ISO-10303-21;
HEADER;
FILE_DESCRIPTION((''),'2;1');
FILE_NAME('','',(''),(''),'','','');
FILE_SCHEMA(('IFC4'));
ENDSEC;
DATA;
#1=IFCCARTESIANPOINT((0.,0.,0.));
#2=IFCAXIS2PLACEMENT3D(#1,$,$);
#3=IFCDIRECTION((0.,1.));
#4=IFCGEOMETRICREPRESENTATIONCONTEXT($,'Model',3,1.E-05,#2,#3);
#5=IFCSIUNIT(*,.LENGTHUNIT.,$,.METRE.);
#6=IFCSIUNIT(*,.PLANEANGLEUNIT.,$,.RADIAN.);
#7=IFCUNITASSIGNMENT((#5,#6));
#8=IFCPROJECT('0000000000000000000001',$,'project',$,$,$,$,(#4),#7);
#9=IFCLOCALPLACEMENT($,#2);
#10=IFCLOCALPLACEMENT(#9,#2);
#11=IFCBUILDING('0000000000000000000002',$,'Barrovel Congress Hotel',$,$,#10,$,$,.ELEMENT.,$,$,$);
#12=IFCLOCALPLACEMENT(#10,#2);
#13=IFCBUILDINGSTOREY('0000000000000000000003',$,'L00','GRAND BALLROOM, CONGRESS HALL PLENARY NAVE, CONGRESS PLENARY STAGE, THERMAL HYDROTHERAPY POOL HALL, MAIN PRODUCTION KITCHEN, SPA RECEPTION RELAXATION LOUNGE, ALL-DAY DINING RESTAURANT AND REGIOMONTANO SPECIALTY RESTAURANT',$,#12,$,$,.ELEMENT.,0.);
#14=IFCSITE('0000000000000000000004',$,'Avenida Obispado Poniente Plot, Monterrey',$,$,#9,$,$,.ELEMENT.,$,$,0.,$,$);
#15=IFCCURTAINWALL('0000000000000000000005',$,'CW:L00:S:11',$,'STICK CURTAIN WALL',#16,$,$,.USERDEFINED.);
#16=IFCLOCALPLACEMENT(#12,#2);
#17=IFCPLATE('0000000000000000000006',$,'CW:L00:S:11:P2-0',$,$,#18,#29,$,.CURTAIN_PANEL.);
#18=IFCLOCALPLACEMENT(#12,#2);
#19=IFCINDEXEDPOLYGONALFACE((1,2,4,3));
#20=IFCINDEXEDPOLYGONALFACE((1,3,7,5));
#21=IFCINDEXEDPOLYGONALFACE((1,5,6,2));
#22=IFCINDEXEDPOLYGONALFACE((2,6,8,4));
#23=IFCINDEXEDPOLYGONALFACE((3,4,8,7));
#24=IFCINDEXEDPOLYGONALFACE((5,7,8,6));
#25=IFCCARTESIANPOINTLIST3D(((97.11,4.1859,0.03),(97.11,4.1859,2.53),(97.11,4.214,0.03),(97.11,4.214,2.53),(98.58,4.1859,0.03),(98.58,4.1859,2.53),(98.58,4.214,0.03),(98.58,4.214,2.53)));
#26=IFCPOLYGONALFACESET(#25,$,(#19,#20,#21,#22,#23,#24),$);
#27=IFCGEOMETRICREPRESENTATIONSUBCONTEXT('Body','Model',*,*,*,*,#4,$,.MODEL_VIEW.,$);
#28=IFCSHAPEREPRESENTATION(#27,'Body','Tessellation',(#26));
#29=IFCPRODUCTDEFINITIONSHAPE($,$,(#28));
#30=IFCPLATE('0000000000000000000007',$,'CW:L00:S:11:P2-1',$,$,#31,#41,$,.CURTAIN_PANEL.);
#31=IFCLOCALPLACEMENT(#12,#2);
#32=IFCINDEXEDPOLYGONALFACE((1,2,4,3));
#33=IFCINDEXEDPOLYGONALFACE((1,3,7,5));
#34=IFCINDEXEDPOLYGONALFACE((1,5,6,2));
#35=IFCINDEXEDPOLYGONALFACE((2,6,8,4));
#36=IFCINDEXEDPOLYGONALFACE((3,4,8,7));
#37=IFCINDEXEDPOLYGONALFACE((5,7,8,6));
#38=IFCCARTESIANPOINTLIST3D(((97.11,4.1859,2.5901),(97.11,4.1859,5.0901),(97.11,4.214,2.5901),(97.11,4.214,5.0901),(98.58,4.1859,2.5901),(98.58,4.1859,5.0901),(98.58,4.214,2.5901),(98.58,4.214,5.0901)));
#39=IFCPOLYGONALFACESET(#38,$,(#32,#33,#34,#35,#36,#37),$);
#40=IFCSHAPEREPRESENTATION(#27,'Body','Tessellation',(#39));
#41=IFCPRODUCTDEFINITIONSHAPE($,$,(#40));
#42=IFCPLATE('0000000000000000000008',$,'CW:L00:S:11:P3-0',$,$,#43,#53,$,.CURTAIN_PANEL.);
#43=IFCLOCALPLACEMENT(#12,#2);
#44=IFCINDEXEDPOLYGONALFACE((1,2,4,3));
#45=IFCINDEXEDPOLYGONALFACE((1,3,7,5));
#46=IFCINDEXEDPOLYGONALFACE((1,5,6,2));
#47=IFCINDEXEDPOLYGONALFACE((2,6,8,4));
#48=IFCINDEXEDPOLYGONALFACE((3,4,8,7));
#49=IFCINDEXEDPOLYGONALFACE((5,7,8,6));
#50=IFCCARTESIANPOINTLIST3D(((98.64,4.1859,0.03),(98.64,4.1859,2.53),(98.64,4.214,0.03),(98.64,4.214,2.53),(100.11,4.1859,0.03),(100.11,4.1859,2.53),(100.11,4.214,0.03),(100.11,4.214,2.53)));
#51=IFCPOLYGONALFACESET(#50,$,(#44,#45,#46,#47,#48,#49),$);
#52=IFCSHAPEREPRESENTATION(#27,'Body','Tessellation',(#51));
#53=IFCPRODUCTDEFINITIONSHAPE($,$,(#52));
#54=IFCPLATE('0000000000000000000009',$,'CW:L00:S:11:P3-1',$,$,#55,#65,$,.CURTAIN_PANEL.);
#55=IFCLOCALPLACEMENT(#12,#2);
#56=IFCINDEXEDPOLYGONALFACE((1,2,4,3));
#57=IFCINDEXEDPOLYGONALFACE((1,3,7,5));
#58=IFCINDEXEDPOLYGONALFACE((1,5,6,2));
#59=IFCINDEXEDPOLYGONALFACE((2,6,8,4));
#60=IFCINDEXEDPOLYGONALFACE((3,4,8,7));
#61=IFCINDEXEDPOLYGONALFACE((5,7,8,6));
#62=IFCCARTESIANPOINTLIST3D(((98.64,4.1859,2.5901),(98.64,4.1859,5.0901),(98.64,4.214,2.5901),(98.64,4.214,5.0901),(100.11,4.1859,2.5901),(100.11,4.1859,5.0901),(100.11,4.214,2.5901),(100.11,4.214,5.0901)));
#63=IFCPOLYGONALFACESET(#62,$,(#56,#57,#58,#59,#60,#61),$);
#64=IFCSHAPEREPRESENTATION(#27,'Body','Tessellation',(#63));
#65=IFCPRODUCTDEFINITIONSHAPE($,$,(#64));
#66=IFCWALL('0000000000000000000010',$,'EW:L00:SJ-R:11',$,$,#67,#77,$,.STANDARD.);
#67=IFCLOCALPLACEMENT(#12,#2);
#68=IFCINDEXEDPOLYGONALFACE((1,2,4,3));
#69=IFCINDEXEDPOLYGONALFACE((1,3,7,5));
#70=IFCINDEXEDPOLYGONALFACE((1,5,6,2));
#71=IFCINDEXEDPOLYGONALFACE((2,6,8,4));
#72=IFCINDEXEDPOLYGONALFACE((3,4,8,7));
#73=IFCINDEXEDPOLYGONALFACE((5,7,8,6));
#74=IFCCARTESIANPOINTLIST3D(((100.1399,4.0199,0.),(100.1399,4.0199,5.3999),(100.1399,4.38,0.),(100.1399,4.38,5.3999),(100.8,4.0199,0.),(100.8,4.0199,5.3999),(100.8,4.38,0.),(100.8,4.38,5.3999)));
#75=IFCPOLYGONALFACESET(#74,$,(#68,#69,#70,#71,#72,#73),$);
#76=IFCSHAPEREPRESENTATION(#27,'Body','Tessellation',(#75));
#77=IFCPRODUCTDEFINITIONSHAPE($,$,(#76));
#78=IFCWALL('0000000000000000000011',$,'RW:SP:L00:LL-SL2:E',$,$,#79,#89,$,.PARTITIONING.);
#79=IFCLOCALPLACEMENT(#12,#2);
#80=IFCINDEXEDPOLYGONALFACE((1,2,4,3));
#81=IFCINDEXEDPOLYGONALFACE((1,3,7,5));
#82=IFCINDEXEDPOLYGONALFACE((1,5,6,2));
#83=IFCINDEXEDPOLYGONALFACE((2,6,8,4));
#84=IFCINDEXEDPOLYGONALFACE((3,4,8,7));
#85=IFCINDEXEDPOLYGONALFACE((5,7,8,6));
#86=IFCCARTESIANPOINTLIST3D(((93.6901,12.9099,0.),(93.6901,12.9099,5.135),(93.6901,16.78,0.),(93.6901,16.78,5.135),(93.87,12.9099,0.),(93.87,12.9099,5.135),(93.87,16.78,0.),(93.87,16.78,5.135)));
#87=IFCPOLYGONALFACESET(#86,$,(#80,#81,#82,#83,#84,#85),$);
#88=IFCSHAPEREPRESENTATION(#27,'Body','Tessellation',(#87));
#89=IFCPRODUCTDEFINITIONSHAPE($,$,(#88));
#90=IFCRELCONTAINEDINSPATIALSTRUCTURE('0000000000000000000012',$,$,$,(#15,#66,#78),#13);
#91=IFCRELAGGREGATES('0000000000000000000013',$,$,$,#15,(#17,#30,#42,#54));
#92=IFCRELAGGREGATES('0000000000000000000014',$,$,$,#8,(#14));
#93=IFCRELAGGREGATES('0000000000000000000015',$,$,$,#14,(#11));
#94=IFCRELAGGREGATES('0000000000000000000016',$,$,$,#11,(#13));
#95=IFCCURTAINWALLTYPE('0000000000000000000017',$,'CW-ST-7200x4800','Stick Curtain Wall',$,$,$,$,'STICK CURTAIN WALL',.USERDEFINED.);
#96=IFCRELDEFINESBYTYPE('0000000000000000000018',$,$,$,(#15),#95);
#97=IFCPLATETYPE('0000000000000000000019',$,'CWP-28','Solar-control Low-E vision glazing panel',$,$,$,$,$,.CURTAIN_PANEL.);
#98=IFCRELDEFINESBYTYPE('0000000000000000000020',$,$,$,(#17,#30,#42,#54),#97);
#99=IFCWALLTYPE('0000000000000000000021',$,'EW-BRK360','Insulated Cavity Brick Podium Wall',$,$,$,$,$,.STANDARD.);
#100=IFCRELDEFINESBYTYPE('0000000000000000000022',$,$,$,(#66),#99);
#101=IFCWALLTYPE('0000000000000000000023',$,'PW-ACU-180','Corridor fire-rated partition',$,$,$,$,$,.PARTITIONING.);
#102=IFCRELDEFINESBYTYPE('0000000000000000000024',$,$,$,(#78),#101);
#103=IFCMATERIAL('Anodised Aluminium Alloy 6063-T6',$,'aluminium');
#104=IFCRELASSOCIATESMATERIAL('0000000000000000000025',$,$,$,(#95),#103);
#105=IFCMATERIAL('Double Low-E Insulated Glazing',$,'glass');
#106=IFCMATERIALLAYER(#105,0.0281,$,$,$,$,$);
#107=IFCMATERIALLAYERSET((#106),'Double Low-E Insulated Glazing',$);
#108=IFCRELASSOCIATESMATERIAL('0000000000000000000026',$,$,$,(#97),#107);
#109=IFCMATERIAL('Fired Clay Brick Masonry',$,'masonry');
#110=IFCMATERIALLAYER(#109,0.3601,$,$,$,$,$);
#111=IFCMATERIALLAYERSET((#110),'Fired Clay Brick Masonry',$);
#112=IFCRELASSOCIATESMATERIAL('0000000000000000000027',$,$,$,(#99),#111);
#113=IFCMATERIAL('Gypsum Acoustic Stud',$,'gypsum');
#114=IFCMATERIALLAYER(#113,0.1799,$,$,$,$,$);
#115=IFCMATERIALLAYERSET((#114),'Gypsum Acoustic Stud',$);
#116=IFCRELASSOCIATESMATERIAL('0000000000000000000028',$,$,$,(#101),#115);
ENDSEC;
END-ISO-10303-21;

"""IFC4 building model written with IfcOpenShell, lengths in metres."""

from ifc_helpers import new_model, si_unit, direction, frame, frame_2d, origin, origin_2d, place, context, subcontext, project, spatial, rectangle, extrude, material, layer, layer_set, type_object, element, aggregate, save


model = new_model("IFC4")

# Units and contexts
model_context = context("Model", 3, precision=1e-05, world=origin(), true_north=direction((0.0, 1.0)))
body_context = subcontext(model_context, "Body", "Model", "MODEL_VIEW")
ifc_project = project(units=[si_unit("LENGTHUNIT", "METRE"), si_unit("PLANEANGLEUNIT", "RADIAN")], contexts=[model_context])

# Site, building, storey
site_placement = place(None, origin())
site = spatial("IfcSite", under=ifc_project, at=site_placement, Name="Avenida Obispado Poniente Plot, Monterrey", CompositionType="ELEMENT", RefElevation=0.0)
building_placement = place(site_placement, origin())
building = spatial("IfcBuilding", under=site, at=building_placement, Name="Barrovel Congress Hotel", CompositionType="ELEMENT")
storey_placement = place(building_placement, origin())
storey = spatial("IfcBuildingStorey", under=building, at=storey_placement, Name="L00", Description="GRAND BALLROOM, CONGRESS HALL PLENARY NAVE, CONGRESS PLENARY STAGE, THERMAL HYDROTHERAPY POOL HALL, MAIN PRODUCTION KITCHEN, SPA RECEPTION RELAXATION LOUNGE, ALL-DAY DINING RESTAURANT AND REGIOMONTANO SPECIALTY RESTAURANT", CompositionType="ELEMENT", Elevation=0.0)

# Curtain wall, plates
ifc_material_1 = material(Name="Anodised Aluminium Alloy 6063-T6", Category="aluminium")
curtain_wall_type = type_object("IfcCurtainWallType", Name="CW-ST-7200x4800", Description="Stick Curtain Wall", ElementType="STICK CURTAIN WALL", PredefinedType="USERDEFINED", material=ifc_material_1)
curtain_wall_placement = place(storey_placement, origin())
curtain_wall = element("IfcCurtainWall", 1, at=curtain_wall_placement, inside=storey, type_object=curtain_wall_type, Name="CW:L00:S:11", ObjectType="STICK CURTAIN WALL", PredefinedType="USERDEFINED")
ifc_material_2 = material(Name="Double Low-E Insulated Glazing", Category="glass")
ifc_layer_1 = layer(ifc_material_2, 0.0281)
ifc_layer_set_1 = layer_set([ifc_layer_1], Name="Double Low-E Insulated Glazing")
plate_type = type_object("IfcPlateType", Name="CWP-28", Description="Solar-control Low-E vision glazing panel", PredefinedType="CURTAIN_PANEL", material=ifc_layer_set_1)
plate_1_placement = place(storey_placement, frame((97.845, 4.2, 0.03), z_axis=(0.0, 0.0, 1.0), x_axis=(1.0, 0.0, 0.0)))
plate_1 = element("IfcPlate", 2, at=plate_1_placement, type_object=plate_type, Name="CW:L00:S:11:P2-0", PredefinedType="CURTAIN_PANEL", context=body_context, shape_type="SweptSolid", body=[
    extrude(rectangle(XDim=1.47, YDim=0.0281, at=origin_2d()), origin(), (0.0, 0.0, 1.0), 2.5),
])
plate_2_placement = place(storey_placement, frame((97.845, 4.2, 2.5901), z_axis=(0.0, 0.0, 1.0), x_axis=(1.0, 0.0, 0.0)))
plate_2 = element("IfcPlate", 3, at=plate_2_placement, type_object=plate_type, Name="CW:L00:S:11:P2-1", PredefinedType="CURTAIN_PANEL", context=body_context, shape_type="SweptSolid", body=[
    extrude(rectangle(XDim=1.47, YDim=0.0281, at=origin_2d()), origin(), (0.0, 0.0, 1.0), 2.5),
])
plate_3_placement = place(storey_placement, frame((99.375, 4.2, 0.03), z_axis=(0.0, 0.0, 1.0), x_axis=(1.0, 0.0, 0.0)))
plate_3 = element("IfcPlate", 4, at=plate_3_placement, type_object=plate_type, Name="CW:L00:S:11:P3-0", PredefinedType="CURTAIN_PANEL", context=body_context, shape_type="SweptSolid", body=[
    extrude(rectangle(XDim=1.47, YDim=0.0281, at=origin_2d()), origin(), (0.0, 0.0, 1.0), 2.5),
])
plate_4_placement = place(storey_placement, frame((99.375, 4.2, 2.5901), z_axis=(0.0, 0.0, 1.0), x_axis=(1.0, 0.0, 0.0)))
plate_4 = element("IfcPlate", 5, at=plate_4_placement, type_object=plate_type, Name="CW:L00:S:11:P3-1", PredefinedType="CURTAIN_PANEL", context=body_context, shape_type="SweptSolid", body=[
    extrude(rectangle(XDim=1.47, YDim=0.0281, at=origin_2d()), origin(), (0.0, 0.0, 1.0), 2.5),
])
aggregate(curtain_wall, [plate_1, plate_2, plate_3, plate_4])

# Walls
ifc_material_3 = material(Name="Fired Clay Brick Masonry", Category="masonry")
ifc_layer_2 = layer(ifc_material_3, 0.3601)
ifc_layer_set_2 = layer_set([ifc_layer_2], Name="Fired Clay Brick Masonry")
wall_type_1 = type_object("IfcWallType", Name="EW-BRK360", Description="Insulated Cavity Brick Podium Wall", PredefinedType="STANDARD", material=ifc_layer_set_2)
wall_1_placement = place(storey_placement, frame((100.1399, 4.2, 0.0), z_axis=(0.0, 0.0, 1.0), x_axis=(1.0, 0.0, 0.0)))
element("IfcWall", 6, at=wall_1_placement, inside=storey, type_object=wall_type_1, Name="EW:L00:SJ-R:11", PredefinedType="STANDARD", context=body_context, shape_type="SweptSolid", body=[
    extrude(rectangle(XDim=0.6602, YDim=0.3601, at=frame_2d((0.3301, 0.0))), origin(), (0.0, 0.0, 1.0), 5.3999),
])
ifc_material_4 = material(Name="Gypsum Acoustic Stud", Category="gypsum")
ifc_layer_3 = layer(ifc_material_4, 0.1799)
ifc_layer_set_3 = layer_set([ifc_layer_3], Name="Gypsum Acoustic Stud")
wall_type_2 = type_object("IfcWallType", Name="PW-ACU-180", Description="Corridor fire-rated partition", PredefinedType="PARTITIONING", material=ifc_layer_set_3)
wall_2_placement = place(storey_placement, frame((93.78, 12.9099, 0.0), z_axis=(0.0, 0.0, 1.0), x_axis=(0.0, 1.0, 0.0)))
element("IfcWall", 7, at=wall_2_placement, inside=storey, type_object=wall_type_2, Name="RW:SP:L00:LL-SL2:E", PredefinedType="PARTITIONING", context=body_context, shape_type="SweptSolid", body=[
    extrude(rectangle(XDim=3.8701, YDim=0.1799, at=frame_2d((1.9351, 0.0))), origin(), (0.0, 0.0, 1.0), 5.135),
])

save(model, "model.ifc")
